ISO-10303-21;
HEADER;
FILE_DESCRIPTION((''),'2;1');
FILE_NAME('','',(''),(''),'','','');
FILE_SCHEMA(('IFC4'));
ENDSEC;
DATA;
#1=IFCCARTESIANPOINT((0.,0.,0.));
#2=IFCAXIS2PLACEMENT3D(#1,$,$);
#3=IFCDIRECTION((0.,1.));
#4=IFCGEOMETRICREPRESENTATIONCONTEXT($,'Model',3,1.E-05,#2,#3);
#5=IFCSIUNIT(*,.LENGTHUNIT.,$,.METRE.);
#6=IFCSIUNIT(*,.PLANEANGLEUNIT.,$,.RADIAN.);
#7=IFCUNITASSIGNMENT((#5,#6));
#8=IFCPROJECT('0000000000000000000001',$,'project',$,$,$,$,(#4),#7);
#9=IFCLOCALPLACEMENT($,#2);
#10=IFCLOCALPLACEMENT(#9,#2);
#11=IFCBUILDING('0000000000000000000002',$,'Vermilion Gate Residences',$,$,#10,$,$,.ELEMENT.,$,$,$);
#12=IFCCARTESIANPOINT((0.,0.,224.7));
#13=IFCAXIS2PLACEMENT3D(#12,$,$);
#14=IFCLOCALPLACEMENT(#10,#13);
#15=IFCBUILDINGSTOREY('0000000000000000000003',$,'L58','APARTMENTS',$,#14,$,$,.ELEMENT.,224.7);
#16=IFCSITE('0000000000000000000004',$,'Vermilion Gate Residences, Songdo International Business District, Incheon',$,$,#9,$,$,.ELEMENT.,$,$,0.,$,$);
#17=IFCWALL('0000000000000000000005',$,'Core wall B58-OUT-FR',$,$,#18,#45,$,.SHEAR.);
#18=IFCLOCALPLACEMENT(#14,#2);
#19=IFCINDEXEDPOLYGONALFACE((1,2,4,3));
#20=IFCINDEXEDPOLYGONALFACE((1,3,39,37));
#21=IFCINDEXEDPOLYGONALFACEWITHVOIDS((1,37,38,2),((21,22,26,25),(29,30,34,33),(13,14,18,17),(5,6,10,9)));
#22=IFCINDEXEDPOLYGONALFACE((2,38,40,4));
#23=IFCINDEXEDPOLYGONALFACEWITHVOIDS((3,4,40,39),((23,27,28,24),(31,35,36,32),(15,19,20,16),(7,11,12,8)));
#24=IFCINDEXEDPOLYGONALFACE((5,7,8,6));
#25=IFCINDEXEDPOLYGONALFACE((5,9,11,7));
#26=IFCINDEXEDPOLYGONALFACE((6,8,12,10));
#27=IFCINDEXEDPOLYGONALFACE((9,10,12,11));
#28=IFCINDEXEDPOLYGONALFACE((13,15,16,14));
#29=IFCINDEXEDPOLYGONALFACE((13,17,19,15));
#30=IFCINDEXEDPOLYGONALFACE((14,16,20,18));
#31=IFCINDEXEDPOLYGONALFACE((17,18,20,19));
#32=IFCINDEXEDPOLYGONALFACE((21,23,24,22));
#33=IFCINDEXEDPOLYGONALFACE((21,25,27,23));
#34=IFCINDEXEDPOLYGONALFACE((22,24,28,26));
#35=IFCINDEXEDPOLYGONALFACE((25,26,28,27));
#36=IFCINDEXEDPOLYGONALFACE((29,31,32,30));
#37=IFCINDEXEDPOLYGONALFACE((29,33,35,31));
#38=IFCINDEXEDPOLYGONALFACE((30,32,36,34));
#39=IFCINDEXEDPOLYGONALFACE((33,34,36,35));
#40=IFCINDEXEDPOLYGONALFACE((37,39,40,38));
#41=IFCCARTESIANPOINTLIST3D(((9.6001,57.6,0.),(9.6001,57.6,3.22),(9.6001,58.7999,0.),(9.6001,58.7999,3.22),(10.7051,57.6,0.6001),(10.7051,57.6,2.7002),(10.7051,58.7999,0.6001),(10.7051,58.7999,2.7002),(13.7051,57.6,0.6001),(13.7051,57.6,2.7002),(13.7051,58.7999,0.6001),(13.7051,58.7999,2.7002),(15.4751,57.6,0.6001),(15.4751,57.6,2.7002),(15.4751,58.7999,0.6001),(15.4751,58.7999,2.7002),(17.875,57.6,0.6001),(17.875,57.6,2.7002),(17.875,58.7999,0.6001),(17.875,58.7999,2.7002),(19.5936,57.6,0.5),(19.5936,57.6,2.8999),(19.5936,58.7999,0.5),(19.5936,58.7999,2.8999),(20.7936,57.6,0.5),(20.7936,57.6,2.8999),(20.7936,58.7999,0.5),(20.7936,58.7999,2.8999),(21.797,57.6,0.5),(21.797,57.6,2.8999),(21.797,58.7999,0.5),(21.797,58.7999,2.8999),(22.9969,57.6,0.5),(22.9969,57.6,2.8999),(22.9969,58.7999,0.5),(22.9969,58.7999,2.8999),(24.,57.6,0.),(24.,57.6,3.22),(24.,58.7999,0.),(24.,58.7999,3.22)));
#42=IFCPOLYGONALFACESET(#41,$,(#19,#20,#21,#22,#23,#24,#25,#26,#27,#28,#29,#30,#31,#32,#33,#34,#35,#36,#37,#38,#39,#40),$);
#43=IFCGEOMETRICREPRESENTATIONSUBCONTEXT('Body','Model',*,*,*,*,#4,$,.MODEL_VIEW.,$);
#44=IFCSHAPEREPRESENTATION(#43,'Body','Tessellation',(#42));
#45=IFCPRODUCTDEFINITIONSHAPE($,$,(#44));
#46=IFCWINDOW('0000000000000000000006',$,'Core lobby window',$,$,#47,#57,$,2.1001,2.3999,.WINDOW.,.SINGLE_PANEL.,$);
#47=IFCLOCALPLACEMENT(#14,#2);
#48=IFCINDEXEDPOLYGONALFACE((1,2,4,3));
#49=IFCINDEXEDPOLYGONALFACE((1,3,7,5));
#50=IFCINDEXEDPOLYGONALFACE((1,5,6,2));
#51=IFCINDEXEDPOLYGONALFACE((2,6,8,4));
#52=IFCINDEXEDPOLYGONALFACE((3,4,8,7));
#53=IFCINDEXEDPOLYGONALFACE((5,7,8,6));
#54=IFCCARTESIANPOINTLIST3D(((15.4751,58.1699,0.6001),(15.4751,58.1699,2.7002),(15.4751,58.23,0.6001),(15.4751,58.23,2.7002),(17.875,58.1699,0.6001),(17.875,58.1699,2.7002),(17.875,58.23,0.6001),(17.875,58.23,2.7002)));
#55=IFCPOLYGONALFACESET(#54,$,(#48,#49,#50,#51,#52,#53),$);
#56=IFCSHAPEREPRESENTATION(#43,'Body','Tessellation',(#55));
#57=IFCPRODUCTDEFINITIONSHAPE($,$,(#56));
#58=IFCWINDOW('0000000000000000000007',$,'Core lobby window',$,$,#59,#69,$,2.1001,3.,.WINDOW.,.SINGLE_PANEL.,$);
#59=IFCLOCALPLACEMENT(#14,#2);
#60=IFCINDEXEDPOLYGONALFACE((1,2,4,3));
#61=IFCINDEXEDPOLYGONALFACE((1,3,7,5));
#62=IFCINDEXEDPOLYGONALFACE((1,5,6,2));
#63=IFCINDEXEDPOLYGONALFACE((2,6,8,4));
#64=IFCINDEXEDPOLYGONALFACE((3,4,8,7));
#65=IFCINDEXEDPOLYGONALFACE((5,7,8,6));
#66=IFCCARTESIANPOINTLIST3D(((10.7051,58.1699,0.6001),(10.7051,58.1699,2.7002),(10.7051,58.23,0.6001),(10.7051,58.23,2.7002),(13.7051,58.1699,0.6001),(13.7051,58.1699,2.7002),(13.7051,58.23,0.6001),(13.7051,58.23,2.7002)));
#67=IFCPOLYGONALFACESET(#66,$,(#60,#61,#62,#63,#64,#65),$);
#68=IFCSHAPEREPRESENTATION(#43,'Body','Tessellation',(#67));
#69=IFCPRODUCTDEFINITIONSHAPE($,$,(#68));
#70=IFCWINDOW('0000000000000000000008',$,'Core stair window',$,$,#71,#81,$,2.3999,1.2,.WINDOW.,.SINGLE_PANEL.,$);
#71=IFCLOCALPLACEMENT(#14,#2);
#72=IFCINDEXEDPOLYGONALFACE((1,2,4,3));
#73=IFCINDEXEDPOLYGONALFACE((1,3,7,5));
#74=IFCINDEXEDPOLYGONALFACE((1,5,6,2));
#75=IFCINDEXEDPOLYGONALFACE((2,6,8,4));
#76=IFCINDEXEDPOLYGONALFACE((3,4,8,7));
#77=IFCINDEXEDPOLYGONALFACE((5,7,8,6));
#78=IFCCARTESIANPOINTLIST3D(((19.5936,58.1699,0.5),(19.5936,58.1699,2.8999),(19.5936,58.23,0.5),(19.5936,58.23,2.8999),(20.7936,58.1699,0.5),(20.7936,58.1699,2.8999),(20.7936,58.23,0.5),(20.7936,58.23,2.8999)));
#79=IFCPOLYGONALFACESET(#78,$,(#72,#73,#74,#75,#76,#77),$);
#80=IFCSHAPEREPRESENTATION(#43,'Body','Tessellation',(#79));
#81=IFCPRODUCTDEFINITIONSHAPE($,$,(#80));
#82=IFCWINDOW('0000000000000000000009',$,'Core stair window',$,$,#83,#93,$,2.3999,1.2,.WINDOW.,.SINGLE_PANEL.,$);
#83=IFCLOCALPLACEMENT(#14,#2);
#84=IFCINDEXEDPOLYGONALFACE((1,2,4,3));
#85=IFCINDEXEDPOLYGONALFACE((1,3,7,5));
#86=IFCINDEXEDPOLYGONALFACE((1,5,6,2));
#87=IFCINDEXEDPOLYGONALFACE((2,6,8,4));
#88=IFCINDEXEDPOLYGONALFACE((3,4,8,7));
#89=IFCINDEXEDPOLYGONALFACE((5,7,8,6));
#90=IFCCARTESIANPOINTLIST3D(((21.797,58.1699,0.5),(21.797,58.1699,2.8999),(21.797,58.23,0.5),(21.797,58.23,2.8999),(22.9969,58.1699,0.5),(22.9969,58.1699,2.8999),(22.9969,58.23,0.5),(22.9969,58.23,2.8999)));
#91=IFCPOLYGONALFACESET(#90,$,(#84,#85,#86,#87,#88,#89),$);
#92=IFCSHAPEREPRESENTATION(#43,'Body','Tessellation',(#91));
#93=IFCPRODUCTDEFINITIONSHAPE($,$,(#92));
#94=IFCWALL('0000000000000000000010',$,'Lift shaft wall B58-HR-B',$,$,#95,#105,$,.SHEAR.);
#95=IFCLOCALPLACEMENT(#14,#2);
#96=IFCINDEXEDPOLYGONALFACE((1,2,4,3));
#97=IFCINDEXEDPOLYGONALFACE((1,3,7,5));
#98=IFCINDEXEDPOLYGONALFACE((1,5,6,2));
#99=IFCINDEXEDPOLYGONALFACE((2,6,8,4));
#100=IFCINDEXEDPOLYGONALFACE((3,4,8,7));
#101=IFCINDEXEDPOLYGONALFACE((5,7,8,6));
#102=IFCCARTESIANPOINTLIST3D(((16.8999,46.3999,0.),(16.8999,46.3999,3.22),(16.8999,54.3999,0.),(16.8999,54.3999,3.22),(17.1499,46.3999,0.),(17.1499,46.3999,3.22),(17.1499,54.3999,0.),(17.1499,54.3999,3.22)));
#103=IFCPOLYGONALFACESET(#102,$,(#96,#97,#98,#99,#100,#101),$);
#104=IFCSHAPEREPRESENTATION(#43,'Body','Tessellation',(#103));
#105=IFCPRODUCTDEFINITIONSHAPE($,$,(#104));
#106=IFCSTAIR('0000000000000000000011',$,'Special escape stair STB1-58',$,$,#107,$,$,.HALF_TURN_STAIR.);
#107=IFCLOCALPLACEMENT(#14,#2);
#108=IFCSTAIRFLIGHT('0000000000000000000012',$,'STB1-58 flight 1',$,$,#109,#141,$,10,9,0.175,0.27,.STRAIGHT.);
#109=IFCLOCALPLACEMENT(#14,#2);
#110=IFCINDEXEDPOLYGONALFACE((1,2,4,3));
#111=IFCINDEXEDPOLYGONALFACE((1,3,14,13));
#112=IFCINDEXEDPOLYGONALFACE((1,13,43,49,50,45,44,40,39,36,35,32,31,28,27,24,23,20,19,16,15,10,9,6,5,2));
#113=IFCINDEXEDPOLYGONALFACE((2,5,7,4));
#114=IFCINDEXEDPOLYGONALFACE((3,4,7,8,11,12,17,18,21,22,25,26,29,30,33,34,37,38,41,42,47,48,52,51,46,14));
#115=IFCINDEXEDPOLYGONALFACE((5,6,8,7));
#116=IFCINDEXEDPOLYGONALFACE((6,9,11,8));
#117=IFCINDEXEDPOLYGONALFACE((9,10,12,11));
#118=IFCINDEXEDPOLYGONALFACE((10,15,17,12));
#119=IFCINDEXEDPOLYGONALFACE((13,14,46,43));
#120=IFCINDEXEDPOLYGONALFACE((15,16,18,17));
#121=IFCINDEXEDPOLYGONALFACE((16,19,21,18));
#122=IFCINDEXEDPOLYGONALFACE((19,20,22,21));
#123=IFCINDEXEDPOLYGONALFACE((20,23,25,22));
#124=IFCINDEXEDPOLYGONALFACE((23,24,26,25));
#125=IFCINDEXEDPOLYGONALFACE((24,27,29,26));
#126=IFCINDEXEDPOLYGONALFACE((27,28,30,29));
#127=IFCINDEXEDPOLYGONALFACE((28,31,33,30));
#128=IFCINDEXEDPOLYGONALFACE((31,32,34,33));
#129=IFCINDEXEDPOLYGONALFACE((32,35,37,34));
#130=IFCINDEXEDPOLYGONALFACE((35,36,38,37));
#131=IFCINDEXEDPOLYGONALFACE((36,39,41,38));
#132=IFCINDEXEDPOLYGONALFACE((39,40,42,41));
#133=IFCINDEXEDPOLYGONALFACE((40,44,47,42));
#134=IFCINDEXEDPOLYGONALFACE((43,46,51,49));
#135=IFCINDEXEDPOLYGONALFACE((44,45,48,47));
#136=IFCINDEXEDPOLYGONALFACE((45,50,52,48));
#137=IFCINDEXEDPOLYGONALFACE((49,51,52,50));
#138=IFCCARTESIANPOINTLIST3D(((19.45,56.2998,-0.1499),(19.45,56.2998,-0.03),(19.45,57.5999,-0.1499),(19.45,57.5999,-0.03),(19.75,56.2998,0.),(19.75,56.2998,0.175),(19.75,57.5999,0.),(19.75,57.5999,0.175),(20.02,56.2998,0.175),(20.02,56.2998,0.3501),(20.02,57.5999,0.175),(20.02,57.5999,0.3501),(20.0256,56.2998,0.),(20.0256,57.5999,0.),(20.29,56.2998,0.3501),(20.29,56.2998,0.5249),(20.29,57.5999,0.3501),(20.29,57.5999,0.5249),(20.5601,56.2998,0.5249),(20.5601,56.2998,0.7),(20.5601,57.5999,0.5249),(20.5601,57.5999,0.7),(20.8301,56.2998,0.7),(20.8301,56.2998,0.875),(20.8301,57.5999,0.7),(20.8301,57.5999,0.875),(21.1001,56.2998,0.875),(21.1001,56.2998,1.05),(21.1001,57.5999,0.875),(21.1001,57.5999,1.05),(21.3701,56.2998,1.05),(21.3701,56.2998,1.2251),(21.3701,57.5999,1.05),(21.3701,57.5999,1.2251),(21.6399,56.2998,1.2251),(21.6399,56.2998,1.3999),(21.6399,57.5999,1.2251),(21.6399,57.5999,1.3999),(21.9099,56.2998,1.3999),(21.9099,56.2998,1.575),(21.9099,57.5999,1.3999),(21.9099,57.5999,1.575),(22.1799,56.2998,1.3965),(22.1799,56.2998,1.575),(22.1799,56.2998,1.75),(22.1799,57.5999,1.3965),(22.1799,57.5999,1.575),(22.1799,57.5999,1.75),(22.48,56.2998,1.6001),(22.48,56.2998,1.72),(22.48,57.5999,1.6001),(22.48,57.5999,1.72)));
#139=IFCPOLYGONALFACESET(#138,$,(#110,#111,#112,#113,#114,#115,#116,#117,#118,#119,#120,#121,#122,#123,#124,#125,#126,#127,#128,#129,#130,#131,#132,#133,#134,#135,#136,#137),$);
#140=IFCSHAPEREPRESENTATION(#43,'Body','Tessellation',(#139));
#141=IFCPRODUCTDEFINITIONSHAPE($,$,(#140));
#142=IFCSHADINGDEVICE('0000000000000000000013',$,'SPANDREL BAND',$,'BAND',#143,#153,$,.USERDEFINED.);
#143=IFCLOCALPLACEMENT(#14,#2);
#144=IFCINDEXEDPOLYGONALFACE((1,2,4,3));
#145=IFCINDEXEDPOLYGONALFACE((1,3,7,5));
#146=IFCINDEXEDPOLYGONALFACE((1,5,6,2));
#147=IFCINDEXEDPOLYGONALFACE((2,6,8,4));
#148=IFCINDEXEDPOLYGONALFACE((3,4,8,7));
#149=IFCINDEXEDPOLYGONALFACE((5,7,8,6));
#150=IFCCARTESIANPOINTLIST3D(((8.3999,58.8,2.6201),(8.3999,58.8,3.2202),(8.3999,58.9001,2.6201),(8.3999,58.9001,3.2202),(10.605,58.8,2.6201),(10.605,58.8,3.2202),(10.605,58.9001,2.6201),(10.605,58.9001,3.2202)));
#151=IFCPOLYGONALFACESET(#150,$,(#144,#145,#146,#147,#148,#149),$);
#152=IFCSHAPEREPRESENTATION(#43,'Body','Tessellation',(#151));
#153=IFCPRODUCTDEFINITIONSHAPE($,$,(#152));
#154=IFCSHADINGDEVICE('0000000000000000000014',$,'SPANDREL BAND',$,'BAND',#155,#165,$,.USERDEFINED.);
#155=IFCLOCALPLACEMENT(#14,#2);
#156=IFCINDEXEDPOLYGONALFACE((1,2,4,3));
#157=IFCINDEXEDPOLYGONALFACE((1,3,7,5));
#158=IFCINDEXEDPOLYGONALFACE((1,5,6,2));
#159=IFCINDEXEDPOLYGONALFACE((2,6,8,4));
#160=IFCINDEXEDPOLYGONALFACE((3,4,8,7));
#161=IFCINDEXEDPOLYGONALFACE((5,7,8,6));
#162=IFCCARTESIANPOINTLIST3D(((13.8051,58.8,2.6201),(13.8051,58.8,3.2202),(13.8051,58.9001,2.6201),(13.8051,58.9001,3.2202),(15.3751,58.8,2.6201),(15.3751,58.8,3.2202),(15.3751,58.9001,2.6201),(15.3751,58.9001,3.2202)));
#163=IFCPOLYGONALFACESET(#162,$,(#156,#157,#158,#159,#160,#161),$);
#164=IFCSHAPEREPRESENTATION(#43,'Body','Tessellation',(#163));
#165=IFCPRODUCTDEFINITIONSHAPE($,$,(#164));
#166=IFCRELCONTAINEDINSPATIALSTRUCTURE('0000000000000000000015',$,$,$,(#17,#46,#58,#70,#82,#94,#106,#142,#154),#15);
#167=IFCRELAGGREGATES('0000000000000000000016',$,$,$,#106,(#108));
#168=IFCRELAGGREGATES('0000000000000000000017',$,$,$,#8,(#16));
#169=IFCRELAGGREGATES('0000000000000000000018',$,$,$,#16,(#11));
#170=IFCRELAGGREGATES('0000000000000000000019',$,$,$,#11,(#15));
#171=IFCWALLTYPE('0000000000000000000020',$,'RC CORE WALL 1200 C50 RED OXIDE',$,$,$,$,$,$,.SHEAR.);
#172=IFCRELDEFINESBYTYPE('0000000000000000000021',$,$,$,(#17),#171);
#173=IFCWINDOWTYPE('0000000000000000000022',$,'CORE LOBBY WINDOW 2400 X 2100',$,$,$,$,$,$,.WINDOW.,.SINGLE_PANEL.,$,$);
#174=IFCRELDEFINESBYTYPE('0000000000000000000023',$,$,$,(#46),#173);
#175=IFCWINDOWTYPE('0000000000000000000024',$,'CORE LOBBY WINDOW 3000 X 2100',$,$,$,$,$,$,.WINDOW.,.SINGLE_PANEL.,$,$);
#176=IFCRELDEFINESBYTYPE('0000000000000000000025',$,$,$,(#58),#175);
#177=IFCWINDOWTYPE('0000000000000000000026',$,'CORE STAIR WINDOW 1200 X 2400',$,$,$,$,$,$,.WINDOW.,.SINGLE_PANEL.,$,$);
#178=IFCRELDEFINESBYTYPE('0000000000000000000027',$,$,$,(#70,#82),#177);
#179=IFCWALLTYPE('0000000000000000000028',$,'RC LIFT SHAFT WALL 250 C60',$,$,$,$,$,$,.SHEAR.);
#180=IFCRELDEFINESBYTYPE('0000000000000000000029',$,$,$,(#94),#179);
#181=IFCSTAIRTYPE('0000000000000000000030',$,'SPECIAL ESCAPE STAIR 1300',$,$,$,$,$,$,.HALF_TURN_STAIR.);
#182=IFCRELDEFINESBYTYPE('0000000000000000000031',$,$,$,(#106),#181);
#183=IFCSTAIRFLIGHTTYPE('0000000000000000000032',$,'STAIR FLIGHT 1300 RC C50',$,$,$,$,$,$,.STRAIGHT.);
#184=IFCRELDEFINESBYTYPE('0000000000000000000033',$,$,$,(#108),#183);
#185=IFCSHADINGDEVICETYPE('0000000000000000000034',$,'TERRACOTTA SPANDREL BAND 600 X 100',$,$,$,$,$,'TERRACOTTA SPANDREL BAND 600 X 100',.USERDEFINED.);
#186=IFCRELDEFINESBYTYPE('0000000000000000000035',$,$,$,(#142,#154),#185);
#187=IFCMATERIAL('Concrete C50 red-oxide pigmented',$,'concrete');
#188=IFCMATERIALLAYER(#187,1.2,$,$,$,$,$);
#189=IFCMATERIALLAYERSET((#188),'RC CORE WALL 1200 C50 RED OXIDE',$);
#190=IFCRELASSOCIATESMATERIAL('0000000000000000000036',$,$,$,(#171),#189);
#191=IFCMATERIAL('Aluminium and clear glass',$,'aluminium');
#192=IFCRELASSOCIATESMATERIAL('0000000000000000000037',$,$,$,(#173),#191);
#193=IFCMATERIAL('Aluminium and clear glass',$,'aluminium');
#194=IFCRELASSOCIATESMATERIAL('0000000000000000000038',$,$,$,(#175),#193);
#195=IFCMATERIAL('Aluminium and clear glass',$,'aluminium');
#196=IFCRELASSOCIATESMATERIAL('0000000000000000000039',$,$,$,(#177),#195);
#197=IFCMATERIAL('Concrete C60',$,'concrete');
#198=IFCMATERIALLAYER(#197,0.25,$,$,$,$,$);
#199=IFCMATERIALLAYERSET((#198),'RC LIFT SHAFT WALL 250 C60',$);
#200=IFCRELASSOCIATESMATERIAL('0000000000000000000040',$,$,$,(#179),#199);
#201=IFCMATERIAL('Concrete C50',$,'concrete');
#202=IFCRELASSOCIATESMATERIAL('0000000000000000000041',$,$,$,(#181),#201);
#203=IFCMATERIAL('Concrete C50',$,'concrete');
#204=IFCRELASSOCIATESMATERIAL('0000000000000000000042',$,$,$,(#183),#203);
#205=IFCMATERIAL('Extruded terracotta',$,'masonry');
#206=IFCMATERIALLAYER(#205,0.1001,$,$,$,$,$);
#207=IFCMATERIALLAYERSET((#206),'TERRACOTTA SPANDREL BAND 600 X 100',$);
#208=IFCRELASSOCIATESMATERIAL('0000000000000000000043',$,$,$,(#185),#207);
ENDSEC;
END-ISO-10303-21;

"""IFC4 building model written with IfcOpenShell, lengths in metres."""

from ifc_helpers import new_model, si_unit, direction, frame, frame_2d, origin, origin_2d, place, context, subcontext, project, spatial, polyline, rectangle, outline, extrude, material, layer, layer_set, type_object, element, fill, aggregate, save


model = new_model("IFC4")

# Units and contexts
model_context = context("Model", 3, precision=1e-05, world=origin(), true_north=direction((0.0, 1.0)))
body_context = subcontext(model_context, "Body", "Model", "MODEL_VIEW")
ifc_project = project(units=[si_unit("LENGTHUNIT", "METRE"), si_unit("PLANEANGLEUNIT", "RADIAN")], contexts=[model_context])

# Site, building, storey
site_placement = place(None, origin())
site = spatial("IfcSite", under=ifc_project, at=site_placement, Name="Vermilion Gate Residences, Songdo International Business District, Incheon", CompositionType="ELEMENT", RefElevation=0.0)
building_placement = place(site_placement, origin())
building = spatial("IfcBuilding", under=site, at=building_placement, Name="Vermilion Gate Residences", CompositionType="ELEMENT")
storey_placement = place(building_placement, frame((0.0, 0.0, 224.7)))
storey = spatial("IfcBuildingStorey", under=building, at=storey_placement, Name="L58", Description="APARTMENTS", CompositionType="ELEMENT", Elevation=224.7)

# Wall, openings, windows
ifc_material_1 = material(Name="Concrete C50 red-oxide pigmented", Category="concrete")
ifc_layer_1 = layer(ifc_material_1, 1.2)
ifc_layer_set_1 = layer_set([ifc_layer_1], Name="RC CORE WALL 1200 C50 RED OXIDE")
wall_type_1 = type_object("IfcWallType", Name="RC CORE WALL 1200 C50 RED OXIDE", PredefinedType="SHEAR", material=ifc_layer_set_1)
ifc_material_2 = material(Name="Aluminium and clear glass", Category="aluminium")
window_type_1 = type_object("IfcWindowType", Name="CORE LOBBY WINDOW 2400 X 2100", PartitioningType="SINGLE_PANEL", PredefinedType="WINDOW", material=ifc_material_2)
wall_1_placement = place(storey_placement, frame((9.6001, 58.2, 0.0), z_axis=(0.0, 0.0, 1.0), x_axis=(1.0, 0.0, 0.0)))
wall_1 = element("IfcWall", 1, at=wall_1_placement, inside=storey, type_object=wall_type_1, Name="Core wall B58-OUT-FR", PredefinedType="SHEAR", context=body_context, shape_type="SweptSolid", body=[
    extrude(rectangle(XDim=14.3999, YDim=1.2, at=frame_2d((7.2, 0.0))), origin(), (0.0, 0.0, 1.0), 3.22),
])
opening_1_placement = place(wall_1_placement, frame((1.105, 0.0, 0.6001)))
opening_1 = element("IfcOpeningElement", 2, at=opening_1_placement, cuts=wall_1, PredefinedType="OPENING", context=body_context, shape_type="SweptSolid", body=[
    extrude(rectangle(XDim=3.0, YDim=2.1001, at=frame_2d((1.5, 1.05))), frame((0.0, 0.6099, 0.0), z_axis=(0.0, -1.0, 0.0), x_axis=(1.0, 0.0, 0.0)), (0.0, 0.0, 1.0), 1.22),
])
opening_2_placement = place(wall_1_placement, frame((5.875, 0.0, 0.6001)))
opening_2 = element("IfcOpeningElement", 3, at=opening_2_placement, cuts=wall_1, PredefinedType="OPENING", context=body_context, shape_type="SweptSolid", body=[
    extrude(rectangle(XDim=2.3999, YDim=2.1001, at=frame_2d((1.2, 1.05))), frame((0.0, 0.6099, 0.0), z_axis=(0.0, -1.0, 0.0), x_axis=(1.0, 0.0, 0.0)), (0.0, 0.0, 1.0), 1.22),
])
opening_3_placement = place(wall_1_placement, frame((9.9934, 0.0, 0.5)))
opening_3 = element("IfcOpeningElement", 4, at=opening_3_placement, cuts=wall_1, PredefinedType="OPENING", context=body_context, shape_type="SweptSolid", body=[
    extrude(rectangle(XDim=1.2, YDim=2.3999, at=frame_2d((0.6001, 1.2))), frame((0.0, 0.6099, 0.0), z_axis=(0.0, -1.0, 0.0), x_axis=(1.0, 0.0, 0.0)), (0.0, 0.0, 1.0), 1.22),
])
opening_4_placement = place(wall_1_placement, frame((12.1968, 0.0, 0.5)))
opening_4 = element("IfcOpeningElement", 5, at=opening_4_placement, cuts=wall_1, PredefinedType="OPENING", context=body_context, shape_type="SweptSolid", body=[
    extrude(rectangle(XDim=1.2, YDim=2.3999, at=frame_2d((0.6001, 1.2))), frame((0.0, 0.6099, 0.0), z_axis=(0.0, -1.0, 0.0), x_axis=(1.0, 0.0, 0.0)), (0.0, 0.0, 1.0), 1.22),
])
window_1_placement = place(opening_2_placement, origin())
window_1 = element("IfcWindow", 6, at=window_1_placement, inside=storey, type_object=window_type_1, Name="Core lobby window", OverallHeight=2.1001, OverallWidth=2.3999, PartitioningType="SINGLE_PANEL", PredefinedType="WINDOW", context=body_context, shape_type="SweptSolid", body=[
    extrude(rectangle(XDim=2.3999, YDim=2.1001, at=frame_2d((1.2, 1.05))), frame((0.0, 0.03, 0.0), z_axis=(0.0, -1.0, 0.0), x_axis=(1.0, 0.0, 0.0)), (0.0, 0.0, 1.0), 0.0601),
])
fill(opening_2, window_1)
ifc_material_3 = material(Name="Aluminium and clear glass", Category="aluminium")
window_type_2 = type_object("IfcWindowType", Name="CORE LOBBY WINDOW 3000 X 2100", PartitioningType="SINGLE_PANEL", PredefinedType="WINDOW", material=ifc_material_3)
window_2_placement = place(opening_1_placement, origin())
window_2 = element("IfcWindow", 7, at=window_2_placement, inside=storey, type_object=window_type_2, Name="Core lobby window", OverallHeight=2.1001, OverallWidth=3.0, PartitioningType="SINGLE_PANEL", PredefinedType="WINDOW", context=body_context, shape_type="SweptSolid", body=[
    extrude(rectangle(XDim=3.0, YDim=2.1001, at=frame_2d((1.5, 1.05))), frame((0.0, 0.03, 0.0), z_axis=(0.0, -1.0, 0.0), x_axis=(1.0, 0.0, 0.0)), (0.0, 0.0, 1.0), 0.0601),
])
fill(opening_1, window_2)
ifc_material_4 = material(Name="Aluminium and clear glass", Category="aluminium")
window_type_3 = type_object("IfcWindowType", Name="CORE STAIR WINDOW 1200 X 2400", PartitioningType="SINGLE_PANEL", PredefinedType="WINDOW", material=ifc_material_4)
window_3_placement = place(opening_3_placement, origin())
window_3 = element("IfcWindow", 8, at=window_3_placement, inside=storey, type_object=window_type_3, Name="Core stair window", OverallHeight=2.3999, OverallWidth=1.2, PartitioningType="SINGLE_PANEL", PredefinedType="WINDOW", context=body_context, shape_type="SweptSolid", body=[
    extrude(rectangle(XDim=1.2, YDim=2.3999, at=frame_2d((0.6001, 1.2))), frame((0.0, 0.03, 0.0), z_axis=(0.0, -1.0, 0.0), x_axis=(1.0, 0.0, 0.0)), (0.0, 0.0, 1.0), 0.0601),
])
fill(opening_3, window_3)
window_4_placement = place(opening_4_placement, origin())
window_4 = element("IfcWindow", 9, at=window_4_placement, inside=storey, type_object=window_type_3, Name="Core stair window", OverallHeight=2.3999, OverallWidth=1.2, PartitioningType="SINGLE_PANEL", PredefinedType="WINDOW", context=body_context, shape_type="SweptSolid", body=[
    extrude(rectangle(XDim=1.2, YDim=2.3999, at=frame_2d((0.6001, 1.2))), frame((0.0, 0.03, 0.0), z_axis=(0.0, -1.0, 0.0), x_axis=(1.0, 0.0, 0.0)), (0.0, 0.0, 1.0), 0.0601),
])
fill(opening_4, window_4)

# Wall
ifc_material_5 = material(Name="Concrete C60", Category="concrete")
ifc_layer_2 = layer(ifc_material_5, 0.25)
ifc_layer_set_2 = layer_set([ifc_layer_2], Name="RC LIFT SHAFT WALL 250 C60")
wall_type_2 = type_object("IfcWallType", Name="RC LIFT SHAFT WALL 250 C60", PredefinedType="SHEAR", material=ifc_layer_set_2)
wall_2_placement = place(storey_placement, frame((17.0249, 54.3999, 0.0), z_axis=(0.0, 0.0, 1.0), x_axis=(0.0, -1.0, 0.0)))
element("IfcWall", 10, at=wall_2_placement, inside=storey, type_object=wall_type_2, Name="Lift shaft wall B58-HR-B", PredefinedType="SHEAR", context=body_context, shape_type="SweptSolid", body=[
    extrude(rectangle(XDim=8.0, YDim=0.25, at=frame_2d((4.0, 0.0))), origin(), (0.0, 0.0, 1.0), 3.22),
])

# Stair, stair flight
ifc_material_6 = material(Name="Concrete C50", Category="concrete")
stair_type = type_object("IfcStairType", Name="SPECIAL ESCAPE STAIR 1300", PredefinedType="HALF_TURN_STAIR", material=ifc_material_6)
stair_placement = place(storey_placement, origin())
stair = element("IfcStair", 11, at=stair_placement, inside=storey, type_object=stair_type, Name="Special escape stair STB1-58", PredefinedType="HALF_TURN_STAIR")
ifc_material_7 = material(Name="Concrete C50", Category="concrete")
stair_flight_type = type_object("IfcStairFlightType", Name="STAIR FLIGHT 1300 RC C50", PredefinedType="STRAIGHT", material=ifc_material_7)
stair_flight_placement = place(storey_placement, frame((19.75, 56.95, 0.0), z_axis=(0.0, 0.0, 1.0), x_axis=(1.0, 0.0, 0.0)))
stair_flight = element("IfcStairFlight", 12, at=stair_flight_placement, type_object=stair_flight_type, Name="STB1-58 flight 1", NumberOfRisers=10, NumberOfTreads=9, PredefinedType="STRAIGHT", RiserHeight=0.175, TreadLength=0.27, context=body_context, shape_type="SweptSolid", body=[
    extrude(outline(polyline([(-0.3, -0.1499), (-0.3, -0.03), (0.0, 0.0), (0.0, 0.175), (0.27, 0.175), (0.27, 0.3501), (0.54, 0.3501), (0.54, 0.5249), (0.8101, 0.5249), (0.8101, 0.7), (1.0801, 0.7), (1.0801, 0.875), (1.3501, 0.875), (1.3501, 1.05), (1.6201, 1.05), (1.6201, 1.2251), (1.8899, 1.2251), (1.8899, 1.3999), (2.1599, 1.3999), (2.1599, 1.575), (2.4299, 1.575), (2.4299, 1.75), (2.73, 1.72), (2.73, 1.6001), (2.4299, 1.3965), (0.2756, 0.0), (-0.3, -0.1499)])), frame((0.0, 0.6499, 0.0), z_axis=(0.0, -1.0, 0.0), x_axis=(1.0, 0.0, 0.0)), (0.0, 0.0, 1.0), 1.3),
])
aggregate(stair, [stair_flight])

# Shading devices
ifc_material_8 = material(Name="Extruded terracotta", Category="masonry")
ifc_layer_3 = layer(ifc_material_8, 0.1001)
ifc_layer_set_3 = layer_set([ifc_layer_3], Name="TERRACOTTA SPANDREL BAND 600 X 100")
shading_device_type = type_object("IfcShadingDeviceType", Name="TERRACOTTA SPANDREL BAND 600 X 100", ElementType="TERRACOTTA SPANDREL BAND 600 X 100", PredefinedType="USERDEFINED", material=ifc_layer_set_3)
shading_device_1_placement = place(storey_placement, frame((9.5024, 58.8501, 2.6201), z_axis=(0.0, 0.0, 1.0), x_axis=(1.0, 0.0, 0.0)))
element("IfcShadingDevice", 13, at=shading_device_1_placement, inside=storey, type_object=shading_device_type, Name="SPANDREL BAND", ObjectType="BAND", PredefinedType="USERDEFINED", context=body_context, shape_type="SweptSolid", body=[
    extrude(rectangle(XDim=2.2051, YDim=0.1001, at=origin_2d()), origin(), (0.0, 0.0, 1.0), 0.6001),
])
shading_device_2_placement = place(storey_placement, frame((14.5901, 58.8501, 2.6201), z_axis=(0.0, 0.0, 1.0), x_axis=(1.0, 0.0, 0.0)))
element("IfcShadingDevice", 14, at=shading_device_2_placement, inside=storey, type_object=shading_device_type, Name="SPANDREL BAND", ObjectType="BAND", PredefinedType="USERDEFINED", context=body_context, shape_type="SweptSolid", body=[
    extrude(rectangle(XDim=1.5701, YDim=0.1001, at=origin_2d()), origin(), (0.0, 0.0, 1.0), 0.6001),
])

save(model, "model.ifc")
